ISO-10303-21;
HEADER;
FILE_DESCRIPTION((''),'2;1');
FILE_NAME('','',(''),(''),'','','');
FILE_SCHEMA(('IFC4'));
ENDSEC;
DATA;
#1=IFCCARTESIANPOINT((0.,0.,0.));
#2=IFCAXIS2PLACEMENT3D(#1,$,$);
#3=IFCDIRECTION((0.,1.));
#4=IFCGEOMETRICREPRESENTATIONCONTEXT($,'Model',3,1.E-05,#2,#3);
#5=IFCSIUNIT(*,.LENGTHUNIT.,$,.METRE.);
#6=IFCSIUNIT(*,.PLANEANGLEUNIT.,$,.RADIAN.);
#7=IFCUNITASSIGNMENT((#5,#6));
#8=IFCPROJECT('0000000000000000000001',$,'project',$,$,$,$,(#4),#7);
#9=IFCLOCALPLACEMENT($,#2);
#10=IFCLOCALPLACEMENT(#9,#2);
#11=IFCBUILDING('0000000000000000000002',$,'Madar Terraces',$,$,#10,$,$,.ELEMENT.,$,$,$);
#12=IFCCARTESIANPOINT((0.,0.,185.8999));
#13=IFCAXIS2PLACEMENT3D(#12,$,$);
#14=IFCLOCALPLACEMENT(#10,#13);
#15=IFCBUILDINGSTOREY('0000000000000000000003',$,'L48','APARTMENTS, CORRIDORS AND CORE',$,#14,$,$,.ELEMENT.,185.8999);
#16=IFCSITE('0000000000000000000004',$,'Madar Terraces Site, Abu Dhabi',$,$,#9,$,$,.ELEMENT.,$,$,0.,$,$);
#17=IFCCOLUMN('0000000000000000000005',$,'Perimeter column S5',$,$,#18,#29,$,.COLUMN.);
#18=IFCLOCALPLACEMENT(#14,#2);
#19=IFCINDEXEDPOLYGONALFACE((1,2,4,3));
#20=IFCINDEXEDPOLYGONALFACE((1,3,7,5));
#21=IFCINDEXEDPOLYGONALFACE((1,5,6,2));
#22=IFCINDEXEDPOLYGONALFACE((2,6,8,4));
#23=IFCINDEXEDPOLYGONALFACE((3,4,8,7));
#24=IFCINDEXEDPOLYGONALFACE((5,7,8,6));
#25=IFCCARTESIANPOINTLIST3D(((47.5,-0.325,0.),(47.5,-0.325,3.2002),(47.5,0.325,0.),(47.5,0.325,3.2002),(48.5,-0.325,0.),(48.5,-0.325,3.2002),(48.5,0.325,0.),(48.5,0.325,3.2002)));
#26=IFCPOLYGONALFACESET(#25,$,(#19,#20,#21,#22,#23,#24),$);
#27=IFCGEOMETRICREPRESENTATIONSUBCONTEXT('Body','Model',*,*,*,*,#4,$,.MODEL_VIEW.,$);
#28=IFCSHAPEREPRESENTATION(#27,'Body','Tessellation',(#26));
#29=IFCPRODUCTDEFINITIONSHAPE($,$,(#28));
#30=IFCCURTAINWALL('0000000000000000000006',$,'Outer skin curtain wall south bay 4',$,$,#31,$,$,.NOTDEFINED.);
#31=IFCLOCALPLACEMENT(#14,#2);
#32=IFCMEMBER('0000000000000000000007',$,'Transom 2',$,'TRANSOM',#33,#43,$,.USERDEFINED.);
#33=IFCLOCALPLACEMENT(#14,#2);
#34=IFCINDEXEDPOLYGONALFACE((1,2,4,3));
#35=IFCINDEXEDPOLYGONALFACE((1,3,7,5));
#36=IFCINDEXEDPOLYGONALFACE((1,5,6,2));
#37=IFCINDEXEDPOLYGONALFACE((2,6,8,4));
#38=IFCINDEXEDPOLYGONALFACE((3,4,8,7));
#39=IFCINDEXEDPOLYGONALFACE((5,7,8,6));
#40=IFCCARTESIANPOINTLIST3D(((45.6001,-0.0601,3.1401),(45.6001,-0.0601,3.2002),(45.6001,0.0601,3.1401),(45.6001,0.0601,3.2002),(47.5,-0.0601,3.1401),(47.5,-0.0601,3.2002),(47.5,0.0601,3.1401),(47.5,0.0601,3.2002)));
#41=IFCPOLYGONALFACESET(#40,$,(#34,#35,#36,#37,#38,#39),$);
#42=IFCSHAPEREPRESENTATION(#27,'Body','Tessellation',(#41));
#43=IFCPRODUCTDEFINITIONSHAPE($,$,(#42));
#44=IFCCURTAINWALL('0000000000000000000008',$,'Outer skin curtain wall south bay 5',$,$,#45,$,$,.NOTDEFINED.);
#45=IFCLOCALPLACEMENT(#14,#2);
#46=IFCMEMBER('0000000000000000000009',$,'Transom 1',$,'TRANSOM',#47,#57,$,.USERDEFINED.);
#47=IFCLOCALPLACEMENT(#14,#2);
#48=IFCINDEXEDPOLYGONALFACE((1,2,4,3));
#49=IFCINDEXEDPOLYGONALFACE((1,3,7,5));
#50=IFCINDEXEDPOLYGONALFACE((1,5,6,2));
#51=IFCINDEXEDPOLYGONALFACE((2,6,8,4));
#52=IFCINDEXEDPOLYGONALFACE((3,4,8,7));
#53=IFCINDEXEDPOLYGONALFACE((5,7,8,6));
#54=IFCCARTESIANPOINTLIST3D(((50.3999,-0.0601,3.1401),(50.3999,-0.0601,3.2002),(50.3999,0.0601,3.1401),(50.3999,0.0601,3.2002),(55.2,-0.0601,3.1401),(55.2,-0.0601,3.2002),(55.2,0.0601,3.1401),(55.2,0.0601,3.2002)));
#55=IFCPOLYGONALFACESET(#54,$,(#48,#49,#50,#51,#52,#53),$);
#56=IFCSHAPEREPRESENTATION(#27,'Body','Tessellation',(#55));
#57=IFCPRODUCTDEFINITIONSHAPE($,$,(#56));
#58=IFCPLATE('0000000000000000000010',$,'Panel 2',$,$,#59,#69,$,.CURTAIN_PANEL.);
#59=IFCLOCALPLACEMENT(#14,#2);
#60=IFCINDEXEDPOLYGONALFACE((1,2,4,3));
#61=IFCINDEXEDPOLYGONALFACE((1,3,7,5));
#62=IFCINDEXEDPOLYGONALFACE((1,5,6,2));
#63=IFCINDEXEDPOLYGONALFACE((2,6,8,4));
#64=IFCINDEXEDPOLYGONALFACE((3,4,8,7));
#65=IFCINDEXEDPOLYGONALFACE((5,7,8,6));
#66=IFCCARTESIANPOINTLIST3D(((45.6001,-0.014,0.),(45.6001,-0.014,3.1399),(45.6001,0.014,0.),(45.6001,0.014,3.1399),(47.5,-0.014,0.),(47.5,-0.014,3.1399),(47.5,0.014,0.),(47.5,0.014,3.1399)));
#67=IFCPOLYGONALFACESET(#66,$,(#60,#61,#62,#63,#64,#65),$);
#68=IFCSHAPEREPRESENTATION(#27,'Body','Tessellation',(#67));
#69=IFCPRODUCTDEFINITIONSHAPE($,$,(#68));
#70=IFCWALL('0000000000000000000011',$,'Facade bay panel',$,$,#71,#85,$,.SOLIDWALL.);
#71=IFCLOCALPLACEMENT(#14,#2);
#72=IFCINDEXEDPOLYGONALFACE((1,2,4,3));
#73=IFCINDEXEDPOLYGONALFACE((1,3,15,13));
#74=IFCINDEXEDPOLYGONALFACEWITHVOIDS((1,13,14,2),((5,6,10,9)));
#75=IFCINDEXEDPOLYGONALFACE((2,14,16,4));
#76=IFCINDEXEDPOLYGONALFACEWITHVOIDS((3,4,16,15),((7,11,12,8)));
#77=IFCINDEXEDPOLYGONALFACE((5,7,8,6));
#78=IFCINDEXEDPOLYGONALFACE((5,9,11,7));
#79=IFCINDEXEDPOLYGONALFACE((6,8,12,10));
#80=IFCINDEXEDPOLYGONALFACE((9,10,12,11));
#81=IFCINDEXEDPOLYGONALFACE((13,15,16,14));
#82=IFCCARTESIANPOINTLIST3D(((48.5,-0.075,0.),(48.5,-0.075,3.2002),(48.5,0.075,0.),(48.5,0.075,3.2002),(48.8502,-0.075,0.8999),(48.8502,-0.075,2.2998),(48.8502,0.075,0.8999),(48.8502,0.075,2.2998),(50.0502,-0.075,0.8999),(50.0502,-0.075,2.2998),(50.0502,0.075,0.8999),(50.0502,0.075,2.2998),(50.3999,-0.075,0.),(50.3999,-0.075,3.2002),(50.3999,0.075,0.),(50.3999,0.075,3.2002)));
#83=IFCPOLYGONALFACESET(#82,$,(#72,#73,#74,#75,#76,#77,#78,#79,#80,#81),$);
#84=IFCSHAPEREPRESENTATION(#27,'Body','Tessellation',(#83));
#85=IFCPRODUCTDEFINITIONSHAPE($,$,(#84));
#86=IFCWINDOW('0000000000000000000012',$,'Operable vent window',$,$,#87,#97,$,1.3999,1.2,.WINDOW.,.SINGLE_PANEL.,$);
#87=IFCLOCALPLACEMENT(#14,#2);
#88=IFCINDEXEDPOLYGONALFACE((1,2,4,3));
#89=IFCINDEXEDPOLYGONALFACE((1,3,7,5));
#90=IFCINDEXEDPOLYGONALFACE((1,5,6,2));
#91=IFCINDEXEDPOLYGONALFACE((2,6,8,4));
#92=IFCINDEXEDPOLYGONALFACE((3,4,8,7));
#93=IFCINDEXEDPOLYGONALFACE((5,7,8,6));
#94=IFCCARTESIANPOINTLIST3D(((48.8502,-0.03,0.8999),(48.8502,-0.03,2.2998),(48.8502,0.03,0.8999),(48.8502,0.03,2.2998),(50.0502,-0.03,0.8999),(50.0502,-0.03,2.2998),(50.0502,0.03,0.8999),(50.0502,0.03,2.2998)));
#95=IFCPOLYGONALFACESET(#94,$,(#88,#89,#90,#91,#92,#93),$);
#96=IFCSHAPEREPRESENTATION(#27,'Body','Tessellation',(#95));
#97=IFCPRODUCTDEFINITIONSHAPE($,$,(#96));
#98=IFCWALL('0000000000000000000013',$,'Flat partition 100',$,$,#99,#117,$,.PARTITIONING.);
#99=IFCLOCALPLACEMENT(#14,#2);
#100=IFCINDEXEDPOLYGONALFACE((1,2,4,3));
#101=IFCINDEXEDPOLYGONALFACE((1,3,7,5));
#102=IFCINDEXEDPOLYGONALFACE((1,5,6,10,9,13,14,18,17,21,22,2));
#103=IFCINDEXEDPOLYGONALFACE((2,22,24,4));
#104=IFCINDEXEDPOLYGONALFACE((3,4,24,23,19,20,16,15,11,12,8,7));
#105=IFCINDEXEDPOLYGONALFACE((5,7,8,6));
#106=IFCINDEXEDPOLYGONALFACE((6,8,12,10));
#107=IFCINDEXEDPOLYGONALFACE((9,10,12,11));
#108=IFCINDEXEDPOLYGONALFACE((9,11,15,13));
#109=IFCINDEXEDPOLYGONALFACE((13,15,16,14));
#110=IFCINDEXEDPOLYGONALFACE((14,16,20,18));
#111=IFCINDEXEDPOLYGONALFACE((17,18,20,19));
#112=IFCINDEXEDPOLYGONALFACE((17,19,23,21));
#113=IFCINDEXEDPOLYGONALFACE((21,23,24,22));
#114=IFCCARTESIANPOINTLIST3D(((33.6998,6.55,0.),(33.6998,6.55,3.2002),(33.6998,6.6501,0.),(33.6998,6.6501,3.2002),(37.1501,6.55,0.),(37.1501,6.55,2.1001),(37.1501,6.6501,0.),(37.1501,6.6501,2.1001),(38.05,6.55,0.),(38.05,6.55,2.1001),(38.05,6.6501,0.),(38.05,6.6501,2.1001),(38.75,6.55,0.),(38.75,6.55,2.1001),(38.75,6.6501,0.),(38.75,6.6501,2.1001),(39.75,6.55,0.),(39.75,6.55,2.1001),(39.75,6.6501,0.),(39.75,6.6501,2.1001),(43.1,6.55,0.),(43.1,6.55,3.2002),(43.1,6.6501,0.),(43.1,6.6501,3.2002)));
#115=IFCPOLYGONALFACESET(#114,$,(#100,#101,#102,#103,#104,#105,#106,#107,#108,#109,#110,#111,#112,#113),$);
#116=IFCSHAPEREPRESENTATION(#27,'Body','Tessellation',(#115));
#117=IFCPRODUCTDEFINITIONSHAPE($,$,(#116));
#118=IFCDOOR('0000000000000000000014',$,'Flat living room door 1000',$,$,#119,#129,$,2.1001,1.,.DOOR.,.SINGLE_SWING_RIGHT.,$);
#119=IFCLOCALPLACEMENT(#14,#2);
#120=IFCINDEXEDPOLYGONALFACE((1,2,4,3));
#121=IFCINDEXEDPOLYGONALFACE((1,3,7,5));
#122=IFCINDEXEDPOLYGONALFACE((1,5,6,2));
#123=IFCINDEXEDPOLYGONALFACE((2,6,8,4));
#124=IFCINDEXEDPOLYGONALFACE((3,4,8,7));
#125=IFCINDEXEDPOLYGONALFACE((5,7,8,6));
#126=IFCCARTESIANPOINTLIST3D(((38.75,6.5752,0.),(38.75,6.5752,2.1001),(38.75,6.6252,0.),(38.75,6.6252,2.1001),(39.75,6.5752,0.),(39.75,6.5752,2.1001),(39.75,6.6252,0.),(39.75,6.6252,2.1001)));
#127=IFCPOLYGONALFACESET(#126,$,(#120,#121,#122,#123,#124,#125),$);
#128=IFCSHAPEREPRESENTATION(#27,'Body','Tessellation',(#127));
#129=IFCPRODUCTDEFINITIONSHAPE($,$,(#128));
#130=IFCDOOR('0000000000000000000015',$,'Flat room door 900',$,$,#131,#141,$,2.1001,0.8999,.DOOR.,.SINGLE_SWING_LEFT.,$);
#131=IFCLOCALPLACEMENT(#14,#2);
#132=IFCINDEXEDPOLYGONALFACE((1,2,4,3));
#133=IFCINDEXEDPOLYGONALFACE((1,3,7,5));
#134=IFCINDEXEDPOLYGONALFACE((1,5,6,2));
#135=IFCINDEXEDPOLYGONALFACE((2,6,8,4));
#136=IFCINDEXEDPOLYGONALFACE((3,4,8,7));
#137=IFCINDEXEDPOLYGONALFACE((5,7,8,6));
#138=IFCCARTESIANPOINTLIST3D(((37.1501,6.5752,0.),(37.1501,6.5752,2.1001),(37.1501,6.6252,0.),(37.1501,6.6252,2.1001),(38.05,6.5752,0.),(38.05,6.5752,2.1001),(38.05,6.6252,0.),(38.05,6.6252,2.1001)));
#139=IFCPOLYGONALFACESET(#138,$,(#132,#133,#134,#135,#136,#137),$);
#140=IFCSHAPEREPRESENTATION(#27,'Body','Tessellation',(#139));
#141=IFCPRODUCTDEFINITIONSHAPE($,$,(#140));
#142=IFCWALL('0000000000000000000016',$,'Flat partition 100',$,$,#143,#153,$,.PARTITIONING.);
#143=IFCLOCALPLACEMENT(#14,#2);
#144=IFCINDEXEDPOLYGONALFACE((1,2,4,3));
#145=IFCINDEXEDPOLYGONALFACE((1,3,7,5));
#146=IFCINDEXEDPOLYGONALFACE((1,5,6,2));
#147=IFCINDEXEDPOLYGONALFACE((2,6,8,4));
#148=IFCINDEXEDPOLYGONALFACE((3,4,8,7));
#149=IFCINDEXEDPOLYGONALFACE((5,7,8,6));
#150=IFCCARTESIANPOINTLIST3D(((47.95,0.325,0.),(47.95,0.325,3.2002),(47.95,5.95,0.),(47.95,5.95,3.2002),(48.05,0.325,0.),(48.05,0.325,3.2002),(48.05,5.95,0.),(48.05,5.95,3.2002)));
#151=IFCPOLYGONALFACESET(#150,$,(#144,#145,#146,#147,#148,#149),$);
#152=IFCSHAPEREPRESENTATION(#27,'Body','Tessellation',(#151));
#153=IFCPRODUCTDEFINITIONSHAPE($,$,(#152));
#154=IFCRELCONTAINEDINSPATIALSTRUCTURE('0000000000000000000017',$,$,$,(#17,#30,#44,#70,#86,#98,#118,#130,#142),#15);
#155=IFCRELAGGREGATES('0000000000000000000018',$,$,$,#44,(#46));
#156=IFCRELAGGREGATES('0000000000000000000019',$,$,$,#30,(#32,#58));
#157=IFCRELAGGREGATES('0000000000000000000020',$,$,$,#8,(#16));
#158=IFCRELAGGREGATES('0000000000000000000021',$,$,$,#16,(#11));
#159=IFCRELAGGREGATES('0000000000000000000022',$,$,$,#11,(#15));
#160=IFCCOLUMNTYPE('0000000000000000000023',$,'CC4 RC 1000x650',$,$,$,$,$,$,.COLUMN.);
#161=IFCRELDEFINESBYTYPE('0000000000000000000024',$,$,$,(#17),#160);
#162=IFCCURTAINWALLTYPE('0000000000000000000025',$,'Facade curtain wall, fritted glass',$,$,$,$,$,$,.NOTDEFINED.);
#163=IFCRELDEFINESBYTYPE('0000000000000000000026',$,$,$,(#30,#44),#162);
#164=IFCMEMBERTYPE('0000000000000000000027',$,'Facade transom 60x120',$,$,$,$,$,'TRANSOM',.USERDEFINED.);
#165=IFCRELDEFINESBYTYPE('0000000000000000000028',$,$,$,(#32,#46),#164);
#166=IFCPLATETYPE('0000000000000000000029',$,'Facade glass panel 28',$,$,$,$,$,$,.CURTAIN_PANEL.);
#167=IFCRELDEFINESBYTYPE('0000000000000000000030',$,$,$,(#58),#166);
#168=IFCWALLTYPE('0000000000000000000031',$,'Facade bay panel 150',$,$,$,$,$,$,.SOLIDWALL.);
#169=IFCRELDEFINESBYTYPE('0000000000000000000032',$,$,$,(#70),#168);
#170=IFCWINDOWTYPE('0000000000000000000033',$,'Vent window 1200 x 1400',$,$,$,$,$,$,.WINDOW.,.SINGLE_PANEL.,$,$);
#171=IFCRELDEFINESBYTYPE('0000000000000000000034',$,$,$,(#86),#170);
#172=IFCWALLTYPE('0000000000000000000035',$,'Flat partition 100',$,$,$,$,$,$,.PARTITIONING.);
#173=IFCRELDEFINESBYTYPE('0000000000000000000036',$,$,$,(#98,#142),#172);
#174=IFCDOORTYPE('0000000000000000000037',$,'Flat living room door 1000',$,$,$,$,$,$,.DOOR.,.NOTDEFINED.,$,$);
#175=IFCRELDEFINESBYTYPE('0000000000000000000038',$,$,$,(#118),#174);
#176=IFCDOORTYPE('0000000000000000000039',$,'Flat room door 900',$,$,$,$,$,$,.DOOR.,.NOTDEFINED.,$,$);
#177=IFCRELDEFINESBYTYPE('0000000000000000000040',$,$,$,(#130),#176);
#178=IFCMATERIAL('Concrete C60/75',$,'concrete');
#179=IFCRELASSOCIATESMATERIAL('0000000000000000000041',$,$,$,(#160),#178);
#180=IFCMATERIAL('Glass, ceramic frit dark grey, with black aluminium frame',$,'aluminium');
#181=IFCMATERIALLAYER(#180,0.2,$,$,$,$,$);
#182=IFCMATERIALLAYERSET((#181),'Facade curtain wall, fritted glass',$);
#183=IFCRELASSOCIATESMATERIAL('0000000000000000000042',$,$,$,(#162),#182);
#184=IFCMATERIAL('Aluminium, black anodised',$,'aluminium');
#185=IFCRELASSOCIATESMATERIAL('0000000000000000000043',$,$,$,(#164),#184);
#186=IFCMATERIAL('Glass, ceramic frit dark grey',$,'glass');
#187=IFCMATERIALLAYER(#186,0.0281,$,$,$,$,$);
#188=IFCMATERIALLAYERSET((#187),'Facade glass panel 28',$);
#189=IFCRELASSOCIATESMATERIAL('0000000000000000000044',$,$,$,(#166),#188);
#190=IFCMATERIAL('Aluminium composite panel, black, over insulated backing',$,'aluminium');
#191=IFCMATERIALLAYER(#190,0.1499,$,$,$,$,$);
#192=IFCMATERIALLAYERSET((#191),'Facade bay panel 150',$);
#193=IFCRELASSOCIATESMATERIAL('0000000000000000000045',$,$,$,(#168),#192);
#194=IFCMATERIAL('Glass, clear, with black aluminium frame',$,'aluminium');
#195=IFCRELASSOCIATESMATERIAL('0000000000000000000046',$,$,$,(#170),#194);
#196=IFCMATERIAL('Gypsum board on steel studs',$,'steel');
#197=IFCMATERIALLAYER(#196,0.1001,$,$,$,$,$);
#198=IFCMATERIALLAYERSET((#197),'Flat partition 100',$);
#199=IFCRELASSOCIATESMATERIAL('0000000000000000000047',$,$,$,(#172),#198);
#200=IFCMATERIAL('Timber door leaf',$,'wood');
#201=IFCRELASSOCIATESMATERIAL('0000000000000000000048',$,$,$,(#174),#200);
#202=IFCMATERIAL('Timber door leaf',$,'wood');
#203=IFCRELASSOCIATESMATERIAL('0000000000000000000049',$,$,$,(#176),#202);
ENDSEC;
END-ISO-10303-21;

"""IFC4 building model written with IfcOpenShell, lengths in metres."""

from ifc_helpers import new_model, si_unit, direction, frame, frame_2d, origin, origin_2d, place, context, subcontext, project, spatial, rectangle, extrude, material, layer, layer_set, material_profile, profile_set, type_object, element, fill, aggregate, save


model = new_model("IFC4")

# Units and contexts
model_context = context("Model", 3, precision=1e-05, world=origin(), true_north=direction((0.0, 1.0)))
body_context = subcontext(model_context, "Body", "Model", "MODEL_VIEW")
ifc_project = project(units=[si_unit("LENGTHUNIT", "METRE"), si_unit("PLANEANGLEUNIT", "RADIAN")], contexts=[model_context])

# Site, building, storey
site_placement = place(None, origin())
site = spatial("IfcSite", under=ifc_project, at=site_placement, Name="Madar Terraces Site, Abu Dhabi", CompositionType="ELEMENT", RefElevation=0.0)
building_placement = place(site_placement, origin())
building = spatial("IfcBuilding", under=site, at=building_placement, Name="Madar Terraces", CompositionType="ELEMENT")
storey_placement = place(building_placement, frame((0.0, 0.0, 185.8999)))
storey = spatial("IfcBuildingStorey", under=building, at=storey_placement, Name="L48", Description="APARTMENTS, CORRIDORS AND CORE", CompositionType="ELEMENT", Elevation=185.8999)

# Column
ifc_material_1 = material(Name="Concrete C60/75", Category="concrete")
ifc_material_profile_1 = material_profile(ifc_material_1, rectangle(XDim=1.0, YDim=0.6499, at=origin_2d()), Name="CC4 RC 1000x650")
ifc_profile_set_1 = profile_set([ifc_material_profile_1], Name="Concrete C60/75")
column_type = type_object("IfcColumnType", Name="CC4 RC 1000x650", PredefinedType="COLUMN", material=ifc_profile_set_1)
column_placement = place(storey_placement, frame((48.0, 0.0, 0.0), z_axis=(0.0, 0.0, 1.0), x_axis=(1.0, 0.0, 0.0)))
element("IfcColumn", 1, at=column_placement, inside=storey, type_object=column_type, Name="Perimeter column S5", PredefinedType="COLUMN", context=body_context, shape_type="SweptSolid", body=[
    extrude(rectangle(XDim=1.0, YDim=0.6499, at=origin_2d()), origin(), (0.0, 0.0, 1.0), 3.2002),
])

# Curtain walls, members
ifc_material_2 = material(Name="Glass, ceramic frit dark grey, with black aluminium frame", Category="aluminium")
ifc_layer_1 = layer(ifc_material_2, 0.2)
ifc_layer_set_1 = layer_set([ifc_layer_1], Name="Facade curtain wall, fritted glass")
curtain_wall_type = type_object("IfcCurtainWallType", Name="Facade curtain wall, fritted glass", PredefinedType="NOTDEFINED", material=ifc_layer_set_1)
curtain_wall_1_placement = place(storey_placement, origin())
curtain_wall_1 = element("IfcCurtainWall", 2, at=curtain_wall_1_placement, inside=storey, type_object=curtain_wall_type, Name="Outer skin curtain wall south bay 4", PredefinedType="NOTDEFINED")
ifc_material_3 = material(Name="Aluminium, black anodised", Category="aluminium")
ifc_material_profile_2 = material_profile(ifc_material_3, rectangle(XDim=0.1201, YDim=0.0601, at=origin_2d()), Name="Facade transom 60x120")
ifc_profile_set_2 = profile_set([ifc_material_profile_2], Name="Aluminium, black anodised")
member_type = type_object("IfcMemberType", Name="Facade transom 60x120", ElementType="TRANSOM", PredefinedType="USERDEFINED", material=ifc_profile_set_2)
member_1_placement = place(storey_placement, frame((45.6001, 0.0, 3.1702), z_axis=(1.0, 0.0, 0.0), x_axis=(0.0, 1.0, 0.0)))
member_1 = element("IfcMember", 3, at=member_1_placement, type_object=member_type, Name="Transom 2", ObjectType="TRANSOM", PredefinedType="USERDEFINED", context=body_context, shape_type="SweptSolid", body=[
    extrude(rectangle(XDim=0.1201, YDim=0.0601, at=origin_2d()), origin(), (0.0, 0.0, 1.0), 1.8999),
])
curtain_wall_2_placement = place(storey_placement, origin())
curtain_wall_2 = element("IfcCurtainWall", 4, at=curtain_wall_2_placement, inside=storey, type_object=curtain_wall_type, Name="Outer skin curtain wall south bay 5", PredefinedType="NOTDEFINED")
member_2_placement = place(storey_placement, frame((50.3999, 0.0, 3.1702), z_axis=(1.0, 0.0, 0.0), x_axis=(0.0, 1.0, 0.0)))
member_2 = element("IfcMember", 5, at=member_2_placement, type_object=member_type, Name="Transom 1", ObjectType="TRANSOM", PredefinedType="USERDEFINED", context=body_context, shape_type="SweptSolid", body=[
    extrude(rectangle(XDim=0.1201, YDim=0.0601, at=origin_2d()), origin(), (0.0, 0.0, 1.0), 4.8),
])
aggregate(curtain_wall_2, [member_2])

# Plate
ifc_material_4 = material(Name="Glass, ceramic frit dark grey", Category="glass")
ifc_layer_2 = layer(ifc_material_4, 0.0281)
ifc_layer_set_2 = layer_set([ifc_layer_2], Name="Facade glass panel 28")
plate_type = type_object("IfcPlateType", Name="Facade glass panel 28", PredefinedType="CURTAIN_PANEL", material=ifc_layer_set_2)
plate_placement = place(storey_placement, frame((46.55, 0.0, 0.0), z_axis=(0.0, 0.0, 1.0), x_axis=(1.0, 0.0, 0.0)))
plate = element("IfcPlate", 6, at=plate_placement, type_object=plate_type, Name="Panel 2", PredefinedType="CURTAIN_PANEL", context=body_context, shape_type="SweptSolid", body=[
    extrude(rectangle(XDim=1.8999, YDim=0.0281, at=origin_2d()), origin(), (0.0, 0.0, 1.0), 3.1399),
])
aggregate(curtain_wall_1, [member_1, plate])

# Shared definitions
ifc_material_5 = material(Name="Aluminium composite panel, black, over insulated backing", Category="aluminium")
ifc_layer_3 = layer(ifc_material_5, 0.1499)
ifc_layer_set_3 = layer_set([ifc_layer_3], Name="Facade bay panel 150")
wall_type_1 = type_object("IfcWallType", Name="Facade bay panel 150", PredefinedType="SOLIDWALL", material=ifc_layer_set_3)

# Wall, opening, window
wall_1_placement = place(storey_placement, frame((48.5, 0.0, 0.0), z_axis=(0.0, 0.0, 1.0), x_axis=(1.0, 0.0, 0.0)))
wall_1 = element("IfcWall", 7, at=wall_1_placement, inside=storey, type_object=wall_type_1, Name="Facade bay panel", PredefinedType="SOLIDWALL", context=body_context, shape_type="SweptSolid", body=[
    extrude(rectangle(XDim=1.8999, YDim=0.1499, at=frame_2d((0.95, 0.0))), origin(), (0.0, 0.0, 1.0), 3.2002),
])
opening_1_placement = place(wall_1_placement, frame((0.3501, 0.0, 0.8999)))
opening_1 = element("IfcOpeningElement", 8, at=opening_1_placement, cuts=wall_1, PredefinedType="OPENING", context=body_context, shape_type="SweptSolid", body=[
    extrude(rectangle(XDim=1.2, YDim=1.3999, at=frame_2d((0.6001, 0.7))), frame((0.0, 0.085, 0.0), z_axis=(0.0, -1.0, 0.0), x_axis=(1.0, 0.0, 0.0)), (0.0, 0.0, 1.0), 0.1699),
])
ifc_material_6 = material(Name="Glass, clear, with black aluminium frame", Category="aluminium")
window_type = type_object("IfcWindowType", Name="Vent window 1200 x 1400", PartitioningType="SINGLE_PANEL", PredefinedType="WINDOW", material=ifc_material_6)
window_placement = place(opening_1_placement, origin())
window = element("IfcWindow", 9, at=window_placement, inside=storey, type_object=window_type, Name="Operable vent window", OverallHeight=1.3999, OverallWidth=1.2, PartitioningType="SINGLE_PANEL", PredefinedType="WINDOW", context=body_context, shape_type="SweptSolid", body=[
    extrude(rectangle(XDim=1.2, YDim=1.3999, at=frame_2d((0.6001, 0.7))), frame((0.0, 0.03, 0.0), z_axis=(0.0, -1.0, 0.0), x_axis=(1.0, 0.0, 0.0)), (0.0, 0.0, 1.0), 0.0601),
])
fill(opening_1, window)

# Wall, openings, doors
ifc_material_7 = material(Name="Gypsum board on steel studs", Category="steel")
ifc_layer_4 = layer(ifc_material_7, 0.1001)
ifc_layer_set_4 = layer_set([ifc_layer_4], Name="Flat partition 100")
wall_type_2 = type_object("IfcWallType", Name="Flat partition 100", PredefinedType="PARTITIONING", material=ifc_layer_set_4)
wall_2_placement = place(storey_placement, frame((43.1001, 6.6001, 0.0), z_axis=(0.0, 0.0, 1.0), x_axis=(-1.0, 0.0, 0.0)))
wall_2 = element("IfcWall", 10, at=wall_2_placement, inside=storey, type_object=wall_type_2, Name="Flat partition 100", PredefinedType="PARTITIONING", context=body_context, shape_type="SweptSolid", body=[
    extrude(rectangle(XDim=9.4001, YDim=0.1001, at=frame_2d((4.7002, 0.0))), origin(), (0.0, 0.0, 1.0), 3.2002),
])
opening_2_placement = place(wall_2_placement, frame((3.3501, 0.0, 0.0)))
opening_2 = element("IfcOpeningElement", 11, at=opening_2_placement, cuts=wall_2, PredefinedType="OPENING", context=body_context, shape_type="SweptSolid", body=[
    extrude(rectangle(XDim=1.0, YDim=2.1001, at=frame_2d((0.5, 1.05))), frame((0.0, 0.0601, 0.0), z_axis=(0.0, -1.0, 0.0), x_axis=(1.0, 0.0, 0.0)), (0.0, 0.0, 1.0), 0.1201),
])
opening_3_placement = place(wall_2_placement, frame((5.05, 0.0, 0.0)))
opening_3 = element("IfcOpeningElement", 12, at=opening_3_placement, cuts=wall_2, PredefinedType="OPENING", context=body_context, shape_type="SweptSolid", body=[
    extrude(rectangle(XDim=0.8999, YDim=2.1001, at=frame_2d((0.45, 1.05))), frame((0.0, 0.0601, 0.0), z_axis=(0.0, -1.0, 0.0), x_axis=(1.0, 0.0, 0.0)), (0.0, 0.0, 1.0), 0.1201),
])
ifc_material_8 = material(Name="Timber door leaf", Category="wood")
door_type_1 = type_object("IfcDoorType", Name="Flat living room door 1000", OperationType="NOTDEFINED", PredefinedType="DOOR", material=ifc_material_8)
door_1_placement = place(opening_2_placement, origin())
door_1 = element("IfcDoor", 13, at=door_1_placement, inside=storey, type_object=door_type_1, Name="Flat living room door 1000", OperationType="SINGLE_SWING_RIGHT", OverallHeight=2.1001, OverallWidth=1.0, PredefinedType="DOOR", context=body_context, shape_type="SweptSolid", body=[
    extrude(rectangle(XDim=1.0, YDim=2.1001, at=frame_2d((0.5, 1.05))), frame((0.0, 0.0249, 0.0), z_axis=(0.0, -1.0, 0.0), x_axis=(1.0, 0.0, 0.0)), (0.0, 0.0, 1.0), 0.05),
])
fill(opening_2, door_1)
ifc_material_9 = material(Name="Timber door leaf", Category="wood")
door_type_2 = type_object("IfcDoorType", Name="Flat room door 900", OperationType="NOTDEFINED", PredefinedType="DOOR", material=ifc_material_9)
door_2_placement = place(opening_3_placement, origin())
door_2 = element("IfcDoor", 14, at=door_2_placement, inside=storey, type_object=door_type_2, Name="Flat room door 900", OperationType="SINGLE_SWING_LEFT", OverallHeight=2.1001, OverallWidth=0.8999, PredefinedType="DOOR", context=body_context, shape_type="SweptSolid", body=[
    extrude(rectangle(XDim=0.8999, YDim=2.1001, at=frame_2d((0.45, 1.05))), frame((0.0, 0.0249, 0.0), z_axis=(0.0, -1.0, 0.0), x_axis=(1.0, 0.0, 0.0)), (0.0, 0.0, 1.0), 0.05),
])
fill(opening_3, door_2)

# Wall
wall_3_placement = place(storey_placement, frame((48.0, 5.95, 0.0), z_axis=(0.0, 0.0, 1.0), x_axis=(0.0, -1.0, 0.0)))
element("IfcWall", 15, at=wall_3_placement, inside=storey, type_object=wall_type_2, Name="Flat partition 100", PredefinedType="PARTITIONING", context=body_context, shape_type="SweptSolid", body=[
    extrude(rectangle(XDim=5.625, YDim=0.1001, at=frame_2d((2.8125, 0.0))), origin(), (0.0, 0.0, 1.0), 3.2002),
])

save(model, "model.ifc")
